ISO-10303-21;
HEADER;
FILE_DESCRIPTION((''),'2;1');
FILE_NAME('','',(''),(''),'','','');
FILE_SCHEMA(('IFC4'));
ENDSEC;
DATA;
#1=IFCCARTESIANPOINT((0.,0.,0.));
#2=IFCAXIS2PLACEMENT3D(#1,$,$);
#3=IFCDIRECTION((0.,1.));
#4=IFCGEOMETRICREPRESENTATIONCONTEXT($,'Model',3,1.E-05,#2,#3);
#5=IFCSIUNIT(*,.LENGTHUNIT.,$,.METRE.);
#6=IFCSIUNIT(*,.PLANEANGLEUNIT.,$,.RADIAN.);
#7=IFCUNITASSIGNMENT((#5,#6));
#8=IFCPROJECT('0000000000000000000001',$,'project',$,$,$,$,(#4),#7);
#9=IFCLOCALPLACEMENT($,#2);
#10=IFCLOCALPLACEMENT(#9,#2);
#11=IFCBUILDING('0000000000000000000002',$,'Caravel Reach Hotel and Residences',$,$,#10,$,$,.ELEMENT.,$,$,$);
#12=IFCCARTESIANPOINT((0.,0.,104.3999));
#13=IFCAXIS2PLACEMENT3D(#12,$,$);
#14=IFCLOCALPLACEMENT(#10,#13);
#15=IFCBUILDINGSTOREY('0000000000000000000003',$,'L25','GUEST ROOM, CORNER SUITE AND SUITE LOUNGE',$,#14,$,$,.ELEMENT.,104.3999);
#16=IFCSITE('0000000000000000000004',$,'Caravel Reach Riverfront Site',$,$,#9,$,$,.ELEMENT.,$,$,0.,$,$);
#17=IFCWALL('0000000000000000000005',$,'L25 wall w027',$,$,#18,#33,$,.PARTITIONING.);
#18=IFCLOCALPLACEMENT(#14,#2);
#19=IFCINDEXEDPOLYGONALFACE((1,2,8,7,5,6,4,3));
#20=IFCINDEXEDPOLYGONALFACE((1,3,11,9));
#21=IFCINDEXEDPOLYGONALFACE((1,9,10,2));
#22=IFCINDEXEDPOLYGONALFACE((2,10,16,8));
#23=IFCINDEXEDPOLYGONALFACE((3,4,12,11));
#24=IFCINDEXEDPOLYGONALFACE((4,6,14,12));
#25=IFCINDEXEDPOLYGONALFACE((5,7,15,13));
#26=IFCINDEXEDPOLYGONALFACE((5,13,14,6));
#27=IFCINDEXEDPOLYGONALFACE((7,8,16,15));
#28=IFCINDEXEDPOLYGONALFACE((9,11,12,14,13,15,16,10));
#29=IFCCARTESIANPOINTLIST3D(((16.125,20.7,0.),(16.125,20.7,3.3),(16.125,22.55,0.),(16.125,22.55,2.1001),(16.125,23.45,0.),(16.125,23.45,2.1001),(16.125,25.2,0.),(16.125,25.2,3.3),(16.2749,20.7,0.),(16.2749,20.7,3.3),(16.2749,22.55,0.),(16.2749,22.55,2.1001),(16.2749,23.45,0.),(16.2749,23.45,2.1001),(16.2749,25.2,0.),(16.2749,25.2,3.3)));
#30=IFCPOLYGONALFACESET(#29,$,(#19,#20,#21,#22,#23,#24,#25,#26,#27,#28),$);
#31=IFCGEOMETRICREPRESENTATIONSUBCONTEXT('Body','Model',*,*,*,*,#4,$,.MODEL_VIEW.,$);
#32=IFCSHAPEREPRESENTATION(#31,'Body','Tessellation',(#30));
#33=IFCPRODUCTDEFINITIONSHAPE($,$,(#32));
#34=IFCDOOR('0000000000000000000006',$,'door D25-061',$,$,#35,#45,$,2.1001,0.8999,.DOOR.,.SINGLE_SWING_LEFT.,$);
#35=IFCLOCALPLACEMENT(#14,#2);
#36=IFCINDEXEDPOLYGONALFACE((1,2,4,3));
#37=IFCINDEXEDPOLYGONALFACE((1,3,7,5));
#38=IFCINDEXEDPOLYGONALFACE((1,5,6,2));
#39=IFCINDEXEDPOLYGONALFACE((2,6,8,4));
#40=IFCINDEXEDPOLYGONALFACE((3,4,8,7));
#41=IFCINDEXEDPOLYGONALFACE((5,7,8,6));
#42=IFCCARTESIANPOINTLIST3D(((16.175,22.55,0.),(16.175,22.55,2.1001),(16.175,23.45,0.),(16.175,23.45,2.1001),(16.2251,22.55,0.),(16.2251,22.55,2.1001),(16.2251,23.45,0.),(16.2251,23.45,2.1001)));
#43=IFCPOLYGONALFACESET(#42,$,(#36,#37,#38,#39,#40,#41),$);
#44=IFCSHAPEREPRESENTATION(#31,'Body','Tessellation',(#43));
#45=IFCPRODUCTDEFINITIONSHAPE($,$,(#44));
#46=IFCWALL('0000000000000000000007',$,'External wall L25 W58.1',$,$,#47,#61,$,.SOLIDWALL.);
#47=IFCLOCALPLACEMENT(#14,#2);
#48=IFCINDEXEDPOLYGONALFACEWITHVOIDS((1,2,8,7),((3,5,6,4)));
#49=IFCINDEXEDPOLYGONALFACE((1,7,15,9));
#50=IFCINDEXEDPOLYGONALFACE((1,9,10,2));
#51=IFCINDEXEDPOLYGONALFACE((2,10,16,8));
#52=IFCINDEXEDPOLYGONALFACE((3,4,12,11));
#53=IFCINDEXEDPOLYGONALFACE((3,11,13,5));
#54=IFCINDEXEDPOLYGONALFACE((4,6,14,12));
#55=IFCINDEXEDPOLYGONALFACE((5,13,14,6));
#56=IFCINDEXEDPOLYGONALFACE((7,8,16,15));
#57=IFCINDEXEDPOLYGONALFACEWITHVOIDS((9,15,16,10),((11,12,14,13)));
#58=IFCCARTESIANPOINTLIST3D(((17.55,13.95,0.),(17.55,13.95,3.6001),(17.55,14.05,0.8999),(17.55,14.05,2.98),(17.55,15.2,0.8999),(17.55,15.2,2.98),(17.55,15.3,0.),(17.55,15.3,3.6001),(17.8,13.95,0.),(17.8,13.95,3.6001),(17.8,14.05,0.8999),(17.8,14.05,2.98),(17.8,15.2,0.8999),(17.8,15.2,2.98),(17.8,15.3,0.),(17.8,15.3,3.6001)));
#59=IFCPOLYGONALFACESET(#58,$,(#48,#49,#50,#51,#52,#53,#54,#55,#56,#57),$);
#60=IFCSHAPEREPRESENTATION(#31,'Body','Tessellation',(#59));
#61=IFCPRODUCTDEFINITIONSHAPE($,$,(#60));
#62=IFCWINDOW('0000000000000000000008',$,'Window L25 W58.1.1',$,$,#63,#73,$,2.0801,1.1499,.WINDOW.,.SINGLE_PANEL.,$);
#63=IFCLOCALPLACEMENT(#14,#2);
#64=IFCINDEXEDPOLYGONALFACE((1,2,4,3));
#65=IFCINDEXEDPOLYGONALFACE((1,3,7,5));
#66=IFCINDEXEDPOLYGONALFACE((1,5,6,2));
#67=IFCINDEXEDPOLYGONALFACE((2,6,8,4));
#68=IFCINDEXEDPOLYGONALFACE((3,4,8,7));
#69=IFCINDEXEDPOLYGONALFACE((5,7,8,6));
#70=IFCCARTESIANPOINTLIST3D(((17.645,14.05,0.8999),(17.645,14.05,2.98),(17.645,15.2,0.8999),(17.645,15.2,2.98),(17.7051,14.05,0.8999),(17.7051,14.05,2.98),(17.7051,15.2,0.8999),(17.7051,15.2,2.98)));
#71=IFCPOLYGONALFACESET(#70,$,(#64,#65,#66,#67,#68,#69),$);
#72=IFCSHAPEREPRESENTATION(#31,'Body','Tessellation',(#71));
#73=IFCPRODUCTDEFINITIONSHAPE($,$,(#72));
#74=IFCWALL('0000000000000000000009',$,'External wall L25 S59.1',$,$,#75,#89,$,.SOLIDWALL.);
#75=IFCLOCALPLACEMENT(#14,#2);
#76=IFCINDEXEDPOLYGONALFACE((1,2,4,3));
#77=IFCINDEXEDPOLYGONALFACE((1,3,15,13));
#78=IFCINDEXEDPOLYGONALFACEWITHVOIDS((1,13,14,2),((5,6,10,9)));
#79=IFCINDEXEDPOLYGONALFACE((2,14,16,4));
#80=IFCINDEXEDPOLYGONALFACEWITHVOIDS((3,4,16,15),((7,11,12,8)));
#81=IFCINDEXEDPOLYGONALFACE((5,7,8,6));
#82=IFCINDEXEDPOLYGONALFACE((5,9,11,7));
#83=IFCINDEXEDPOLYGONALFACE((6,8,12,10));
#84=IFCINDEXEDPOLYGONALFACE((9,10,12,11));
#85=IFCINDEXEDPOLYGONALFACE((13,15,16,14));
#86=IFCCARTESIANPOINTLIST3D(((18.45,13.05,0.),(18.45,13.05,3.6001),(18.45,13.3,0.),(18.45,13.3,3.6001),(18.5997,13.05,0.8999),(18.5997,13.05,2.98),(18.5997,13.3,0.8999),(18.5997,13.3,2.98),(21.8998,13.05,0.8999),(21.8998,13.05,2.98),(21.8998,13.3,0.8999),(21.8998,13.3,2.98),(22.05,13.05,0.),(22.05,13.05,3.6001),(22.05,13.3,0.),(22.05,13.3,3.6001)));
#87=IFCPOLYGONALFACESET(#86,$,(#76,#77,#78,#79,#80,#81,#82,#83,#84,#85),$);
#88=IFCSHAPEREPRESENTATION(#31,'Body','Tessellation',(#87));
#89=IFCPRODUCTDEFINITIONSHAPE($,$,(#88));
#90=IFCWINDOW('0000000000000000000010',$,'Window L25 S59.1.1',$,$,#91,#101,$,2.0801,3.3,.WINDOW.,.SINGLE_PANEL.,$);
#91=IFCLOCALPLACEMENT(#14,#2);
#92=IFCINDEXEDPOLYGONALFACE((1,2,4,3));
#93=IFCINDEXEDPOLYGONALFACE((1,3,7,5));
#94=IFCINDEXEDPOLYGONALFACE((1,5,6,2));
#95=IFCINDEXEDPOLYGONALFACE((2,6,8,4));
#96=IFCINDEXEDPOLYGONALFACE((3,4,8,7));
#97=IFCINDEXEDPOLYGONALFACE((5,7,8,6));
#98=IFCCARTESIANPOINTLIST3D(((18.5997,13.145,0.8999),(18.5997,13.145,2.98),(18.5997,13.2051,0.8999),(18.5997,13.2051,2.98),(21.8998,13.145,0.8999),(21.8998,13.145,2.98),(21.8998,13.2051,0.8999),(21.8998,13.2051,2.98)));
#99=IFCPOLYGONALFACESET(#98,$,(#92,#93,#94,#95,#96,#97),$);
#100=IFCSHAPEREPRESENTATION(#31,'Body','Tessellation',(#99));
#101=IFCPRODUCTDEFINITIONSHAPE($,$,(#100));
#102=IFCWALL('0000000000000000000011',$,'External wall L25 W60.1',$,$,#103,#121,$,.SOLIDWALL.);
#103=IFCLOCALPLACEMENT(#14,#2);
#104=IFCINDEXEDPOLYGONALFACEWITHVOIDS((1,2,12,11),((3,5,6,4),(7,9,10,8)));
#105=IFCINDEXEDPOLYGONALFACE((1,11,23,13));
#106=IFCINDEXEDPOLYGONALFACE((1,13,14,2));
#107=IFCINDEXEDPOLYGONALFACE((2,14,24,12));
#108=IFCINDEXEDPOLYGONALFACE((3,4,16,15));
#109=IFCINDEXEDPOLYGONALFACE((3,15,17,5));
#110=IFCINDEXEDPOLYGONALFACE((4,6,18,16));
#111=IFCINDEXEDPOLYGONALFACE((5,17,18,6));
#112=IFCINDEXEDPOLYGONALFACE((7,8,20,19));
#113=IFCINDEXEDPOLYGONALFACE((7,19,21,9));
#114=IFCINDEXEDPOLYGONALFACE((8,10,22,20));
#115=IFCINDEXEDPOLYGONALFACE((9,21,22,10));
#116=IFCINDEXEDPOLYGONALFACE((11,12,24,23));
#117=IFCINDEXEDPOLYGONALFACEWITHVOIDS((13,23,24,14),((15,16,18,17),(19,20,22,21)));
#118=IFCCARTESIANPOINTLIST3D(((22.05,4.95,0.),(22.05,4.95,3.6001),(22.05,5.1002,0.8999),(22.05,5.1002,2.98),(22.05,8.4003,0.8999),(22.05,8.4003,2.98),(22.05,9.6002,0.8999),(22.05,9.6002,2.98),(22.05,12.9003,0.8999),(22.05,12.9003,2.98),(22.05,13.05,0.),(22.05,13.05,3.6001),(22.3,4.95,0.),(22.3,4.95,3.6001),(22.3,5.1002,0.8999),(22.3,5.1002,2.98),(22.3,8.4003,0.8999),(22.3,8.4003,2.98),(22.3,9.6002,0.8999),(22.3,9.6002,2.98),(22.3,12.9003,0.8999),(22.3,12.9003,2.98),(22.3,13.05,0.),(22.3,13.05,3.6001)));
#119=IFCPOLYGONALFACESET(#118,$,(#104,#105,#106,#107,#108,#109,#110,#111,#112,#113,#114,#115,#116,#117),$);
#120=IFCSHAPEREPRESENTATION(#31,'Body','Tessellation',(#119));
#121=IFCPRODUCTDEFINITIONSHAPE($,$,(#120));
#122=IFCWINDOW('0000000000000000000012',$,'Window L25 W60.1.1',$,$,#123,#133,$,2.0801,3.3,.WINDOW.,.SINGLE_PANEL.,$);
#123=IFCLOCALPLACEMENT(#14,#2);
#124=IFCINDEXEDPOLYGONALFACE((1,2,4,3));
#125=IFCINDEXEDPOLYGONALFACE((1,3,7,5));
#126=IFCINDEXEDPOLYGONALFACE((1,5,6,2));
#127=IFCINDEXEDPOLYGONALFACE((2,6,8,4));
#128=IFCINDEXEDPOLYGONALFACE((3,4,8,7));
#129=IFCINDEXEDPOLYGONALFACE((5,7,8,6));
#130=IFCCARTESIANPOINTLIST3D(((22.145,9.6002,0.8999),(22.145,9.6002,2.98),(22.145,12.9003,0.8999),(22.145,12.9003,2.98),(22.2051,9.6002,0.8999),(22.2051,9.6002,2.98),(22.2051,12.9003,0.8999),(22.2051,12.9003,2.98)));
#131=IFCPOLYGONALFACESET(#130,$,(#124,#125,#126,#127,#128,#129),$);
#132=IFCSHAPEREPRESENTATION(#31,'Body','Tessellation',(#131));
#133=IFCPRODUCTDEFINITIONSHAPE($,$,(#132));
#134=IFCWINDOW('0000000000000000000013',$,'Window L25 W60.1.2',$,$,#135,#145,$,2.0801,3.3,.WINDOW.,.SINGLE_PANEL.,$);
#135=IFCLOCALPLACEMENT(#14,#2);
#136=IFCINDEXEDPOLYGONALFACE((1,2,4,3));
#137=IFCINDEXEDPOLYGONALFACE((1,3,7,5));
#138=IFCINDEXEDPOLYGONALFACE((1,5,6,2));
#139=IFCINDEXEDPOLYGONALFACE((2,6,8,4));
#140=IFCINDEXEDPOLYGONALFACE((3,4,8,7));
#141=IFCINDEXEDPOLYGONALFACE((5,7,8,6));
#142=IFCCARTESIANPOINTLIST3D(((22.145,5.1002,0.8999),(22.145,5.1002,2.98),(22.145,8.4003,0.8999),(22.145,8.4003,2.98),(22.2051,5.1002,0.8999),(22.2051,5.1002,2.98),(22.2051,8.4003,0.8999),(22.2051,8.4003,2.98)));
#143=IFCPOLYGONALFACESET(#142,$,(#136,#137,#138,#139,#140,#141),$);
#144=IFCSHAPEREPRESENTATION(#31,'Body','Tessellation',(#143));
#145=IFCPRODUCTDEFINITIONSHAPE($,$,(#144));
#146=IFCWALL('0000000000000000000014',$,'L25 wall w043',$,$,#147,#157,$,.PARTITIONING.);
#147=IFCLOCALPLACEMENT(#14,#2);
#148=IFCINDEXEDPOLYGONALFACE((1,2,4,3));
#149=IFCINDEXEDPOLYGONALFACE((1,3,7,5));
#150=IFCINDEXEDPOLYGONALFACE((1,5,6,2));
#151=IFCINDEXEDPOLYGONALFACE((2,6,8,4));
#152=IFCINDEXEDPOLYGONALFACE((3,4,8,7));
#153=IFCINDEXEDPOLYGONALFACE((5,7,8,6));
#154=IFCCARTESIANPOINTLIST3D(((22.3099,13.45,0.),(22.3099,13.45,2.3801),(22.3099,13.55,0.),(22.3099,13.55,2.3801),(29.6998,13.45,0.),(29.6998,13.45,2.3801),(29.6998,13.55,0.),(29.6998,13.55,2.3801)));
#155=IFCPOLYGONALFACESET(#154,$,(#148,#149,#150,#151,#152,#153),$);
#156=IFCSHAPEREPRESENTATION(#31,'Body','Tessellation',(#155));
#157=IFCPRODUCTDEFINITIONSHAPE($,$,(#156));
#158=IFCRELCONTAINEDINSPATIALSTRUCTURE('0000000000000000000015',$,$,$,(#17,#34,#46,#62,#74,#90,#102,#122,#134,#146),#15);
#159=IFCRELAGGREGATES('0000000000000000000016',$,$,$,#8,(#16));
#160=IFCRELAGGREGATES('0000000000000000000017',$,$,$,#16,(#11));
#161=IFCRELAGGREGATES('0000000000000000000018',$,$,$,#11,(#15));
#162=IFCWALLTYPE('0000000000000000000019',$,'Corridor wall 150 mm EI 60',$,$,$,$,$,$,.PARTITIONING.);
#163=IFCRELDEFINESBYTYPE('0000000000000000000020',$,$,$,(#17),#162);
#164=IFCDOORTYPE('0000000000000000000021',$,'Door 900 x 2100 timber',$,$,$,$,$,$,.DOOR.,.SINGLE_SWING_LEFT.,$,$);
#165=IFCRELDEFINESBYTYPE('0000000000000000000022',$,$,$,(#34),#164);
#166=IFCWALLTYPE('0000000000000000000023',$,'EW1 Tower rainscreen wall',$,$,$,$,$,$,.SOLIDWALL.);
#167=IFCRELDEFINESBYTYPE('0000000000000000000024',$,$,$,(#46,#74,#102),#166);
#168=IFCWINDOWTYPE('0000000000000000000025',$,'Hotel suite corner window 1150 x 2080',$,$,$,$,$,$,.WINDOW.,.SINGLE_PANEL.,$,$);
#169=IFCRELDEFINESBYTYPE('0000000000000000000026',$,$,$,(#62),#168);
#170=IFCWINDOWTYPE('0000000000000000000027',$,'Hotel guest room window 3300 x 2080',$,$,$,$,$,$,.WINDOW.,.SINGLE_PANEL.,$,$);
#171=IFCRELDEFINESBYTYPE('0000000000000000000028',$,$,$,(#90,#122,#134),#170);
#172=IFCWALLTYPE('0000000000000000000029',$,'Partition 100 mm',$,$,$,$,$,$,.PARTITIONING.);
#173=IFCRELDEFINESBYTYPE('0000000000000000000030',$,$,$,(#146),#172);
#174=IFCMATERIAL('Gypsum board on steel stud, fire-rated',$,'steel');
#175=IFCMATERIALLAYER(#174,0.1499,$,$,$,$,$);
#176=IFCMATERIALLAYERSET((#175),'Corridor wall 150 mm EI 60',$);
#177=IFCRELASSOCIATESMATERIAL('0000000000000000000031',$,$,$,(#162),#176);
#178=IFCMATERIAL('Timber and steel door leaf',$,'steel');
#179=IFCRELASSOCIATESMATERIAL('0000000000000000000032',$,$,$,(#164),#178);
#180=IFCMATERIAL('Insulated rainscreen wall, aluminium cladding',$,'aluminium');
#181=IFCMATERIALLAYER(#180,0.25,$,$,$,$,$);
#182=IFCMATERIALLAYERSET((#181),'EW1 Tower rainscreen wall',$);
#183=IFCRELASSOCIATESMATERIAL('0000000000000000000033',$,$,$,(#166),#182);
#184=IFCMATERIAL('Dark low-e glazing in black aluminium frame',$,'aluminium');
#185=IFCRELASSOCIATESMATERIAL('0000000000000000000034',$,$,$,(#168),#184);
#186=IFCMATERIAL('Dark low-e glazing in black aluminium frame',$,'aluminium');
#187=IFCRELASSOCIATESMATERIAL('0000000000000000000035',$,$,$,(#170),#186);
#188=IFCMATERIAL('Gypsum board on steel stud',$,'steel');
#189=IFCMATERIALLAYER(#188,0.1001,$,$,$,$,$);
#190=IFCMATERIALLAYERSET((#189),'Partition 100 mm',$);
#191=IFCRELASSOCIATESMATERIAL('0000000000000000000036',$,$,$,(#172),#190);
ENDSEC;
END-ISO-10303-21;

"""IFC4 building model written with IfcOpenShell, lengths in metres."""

from ifc_helpers import new_model, si_unit, direction, frame, frame_2d, origin, place, context, subcontext, project, spatial, rectangle, extrude, material, layer, layer_set, type_object, element, fill, save


model = new_model("IFC4")

# Units and contexts
model_context = context("Model", 3, precision=1e-05, world=origin(), true_north=direction((0.0, 1.0)))
body_context = subcontext(model_context, "Body", "Model", "MODEL_VIEW")
ifc_project = project(units=[si_unit("LENGTHUNIT", "METRE"), si_unit("PLANEANGLEUNIT", "RADIAN")], contexts=[model_context])

# Site, building, storey
site_placement = place(None, origin())
site = spatial("IfcSite", under=ifc_project, at=site_placement, Name="Caravel Reach Riverfront Site", CompositionType="ELEMENT", RefElevation=0.0)
building_placement = place(site_placement, origin())
building = spatial("IfcBuilding", under=site, at=building_placement, Name="Caravel Reach Hotel and Residences", CompositionType="ELEMENT")
storey_placement = place(building_placement, frame((0.0, 0.0, 104.3999)))
storey = spatial("IfcBuildingStorey", under=building, at=storey_placement, Name="L25", Description="GUEST ROOM, CORNER SUITE AND SUITE LOUNGE", CompositionType="ELEMENT", Elevation=104.3999)

# Shared definitions
ifc_material_1 = material(Name="Gypsum board on steel stud, fire-rated", Category="steel")
ifc_layer_1 = layer(ifc_material_1, 0.1499)
ifc_layer_set_1 = layer_set([ifc_layer_1], Name="Corridor wall 150 mm EI 60")
wall_type_1 = type_object("IfcWallType", Name="Corridor wall 150 mm EI 60", PredefinedType="PARTITIONING", material=ifc_layer_set_1)
ifc_material_2 = material(Name="Timber and steel door leaf", Category="steel")
door_type_1 = type_object("IfcDoorType", Name="Door 900 x 2100 timber", OperationType="SINGLE_SWING_LEFT", PredefinedType="DOOR", material=ifc_material_2)

# Wall, opening, door
wall_1_placement = place(storey_placement, frame((16.2, 20.7, 0.0), z_axis=(0.0, 0.0, 1.0), x_axis=(0.0, 1.0, 0.0)))
wall_1 = element("IfcWall", 1, at=wall_1_placement, inside=storey, type_object=wall_type_1, Name="L25 wall w027", PredefinedType="PARTITIONING", context=body_context, shape_type="SweptSolid", body=[
    extrude(rectangle(XDim=4.5, YDim=0.1499, at=frame_2d((2.25, 0.0))), origin(), (0.0, 0.0, 1.0), 3.3),
])
opening_1_placement = place(wall_1_placement, frame((1.8501, 0.0, 0.0)))
opening_1 = element("IfcOpeningElement", 2, at=opening_1_placement, cuts=wall_1, PredefinedType="OPENING", context=body_context, shape_type="SweptSolid", body=[
    extrude(rectangle(XDim=0.8999, YDim=2.1001, at=frame_2d((0.45, 1.05))), frame((0.0, 0.085, 0.0), z_axis=(0.0, -1.0, 0.0), x_axis=(1.0, 0.0, 0.0)), (0.0, 0.0, 1.0), 0.1699),
])
door_1_placement = place(opening_1_placement, origin())
door_1 = element("IfcDoor", 3, at=door_1_placement, inside=storey, type_object=door_type_1, Name="door D25-061", OperationType="SINGLE_SWING_LEFT", OverallHeight=2.1001, OverallWidth=0.8999, PredefinedType="DOOR", context=body_context, shape_type="SweptSolid", body=[
    extrude(rectangle(XDim=0.8999, YDim=2.1001, at=frame_2d((0.45, 1.05))), frame((0.0, 0.0249, 0.0), z_axis=(0.0, -1.0, 0.0), x_axis=(1.0, 0.0, 0.0)), (0.0, 0.0, 1.0), 0.05),
])
fill(opening_1, door_1)

# Walls, openings, windows
ifc_material_3 = material(Name="Insulated rainscreen wall, aluminium cladding", Category="aluminium")
ifc_layer_2 = layer(ifc_material_3, 0.25)
ifc_layer_set_2 = layer_set([ifc_layer_2], Name="EW1 Tower rainscreen wall")
wall_type_2 = type_object("IfcWallType", Name="EW1 Tower rainscreen wall", PredefinedType="SOLIDWALL", material=ifc_layer_set_2)
wall_2_placement = place(storey_placement, frame((17.675, 15.3, 0.0), z_axis=(0.0, 0.0, 1.0), x_axis=(0.0, -1.0, 0.0)))
wall_2 = element("IfcWall", 4, at=wall_2_placement, inside=storey, type_object=wall_type_2, Name="External wall L25 W58.1", PredefinedType="SOLIDWALL", context=body_context, shape_type="SweptSolid", body=[
    extrude(rectangle(XDim=1.3501, YDim=0.25, at=frame_2d((0.675, 0.0))), origin(), (0.0, 0.0, 1.0), 3.6001),
])
opening_2_placement = place(wall_2_placement, frame((0.1001, 0.0, 0.8999)))
opening_2 = element("IfcOpeningElement", 5, at=opening_2_placement, cuts=wall_2, PredefinedType="OPENING", context=body_context, shape_type="SweptSolid", body=[
    extrude(rectangle(XDim=1.1499, YDim=2.0801, at=frame_2d((0.575, 1.04))), frame((0.0, 0.135, 0.0), z_axis=(0.0, -1.0, 0.0), x_axis=(1.0, 0.0, 0.0)), (0.0, 0.0, 1.0), 0.27),
])
ifc_material_4 = material(Name="Dark low-e glazing in black aluminium frame", Category="aluminium")
window_type_1 = type_object("IfcWindowType", Name="Hotel suite corner window 1150 x 2080", PartitioningType="SINGLE_PANEL", PredefinedType="WINDOW", material=ifc_material_4)
window_1_placement = place(opening_2_placement, origin())
window_1 = element("IfcWindow", 6, at=window_1_placement, inside=storey, type_object=window_type_1, Name="Window L25 W58.1.1", OverallHeight=2.0801, OverallWidth=1.1499, PartitioningType="SINGLE_PANEL", PredefinedType="WINDOW", context=body_context, shape_type="SweptSolid", body=[
    extrude(rectangle(XDim=1.1499, YDim=2.0801, at=frame_2d((0.575, 1.04))), frame((0.0, 0.03, 0.0), z_axis=(0.0, -1.0, 0.0), x_axis=(1.0, 0.0, 0.0)), (0.0, 0.0, 1.0), 0.0601),
])
fill(opening_2, window_1)
wall_3_placement = place(storey_placement, frame((18.45, 13.175, 0.0), z_axis=(0.0, 0.0, 1.0), x_axis=(1.0, 0.0, 0.0)))
wall_3 = element("IfcWall", 7, at=wall_3_placement, inside=storey, type_object=wall_type_2, Name="External wall L25 S59.1", PredefinedType="SOLIDWALL", context=body_context, shape_type="SweptSolid", body=[
    extrude(rectangle(XDim=3.6001, YDim=0.25, at=frame_2d((1.8, 0.0))), origin(), (0.0, 0.0, 1.0), 3.6001),
])
opening_3_placement = place(wall_3_placement, frame((0.1499, 0.0, 0.8999)))
opening_3 = element("IfcOpeningElement", 8, at=opening_3_placement, cuts=wall_3, PredefinedType="OPENING", context=body_context, shape_type="SweptSolid", body=[
    extrude(rectangle(XDim=3.3, YDim=2.0801, at=frame_2d((1.6499, 1.04))), frame((0.0, 0.135, 0.0), z_axis=(0.0, -1.0, 0.0), x_axis=(1.0, 0.0, 0.0)), (0.0, 0.0, 1.0), 0.27),
])
ifc_material_5 = material(Name="Dark low-e glazing in black aluminium frame", Category="aluminium")
window_type_2 = type_object("IfcWindowType", Name="Hotel guest room window 3300 x 2080", PartitioningType="SINGLE_PANEL", PredefinedType="WINDOW", material=ifc_material_5)
window_2_placement = place(opening_3_placement, origin())
window_2 = element("IfcWindow", 9, at=window_2_placement, inside=storey, type_object=window_type_2, Name="Window L25 S59.1.1", OverallHeight=2.0801, OverallWidth=3.3, PartitioningType="SINGLE_PANEL", PredefinedType="WINDOW", context=body_context, shape_type="SweptSolid", body=[
    extrude(rectangle(XDim=3.3, YDim=2.0801, at=frame_2d((1.6499, 1.04))), frame((0.0, 0.03, 0.0), z_axis=(0.0, -1.0, 0.0), x_axis=(1.0, 0.0, 0.0)), (0.0, 0.0, 1.0), 0.0601),
])
fill(opening_3, window_2)

# Wall, openings, windows
wall_4_placement = place(storey_placement, frame((22.175, 13.05, 0.0), z_axis=(0.0, 0.0, 1.0), x_axis=(0.0, -1.0, 0.0)))
wall_4 = element("IfcWall", 10, at=wall_4_placement, inside=storey, type_object=wall_type_2, Name="External wall L25 W60.1", PredefinedType="SOLIDWALL", context=body_context, shape_type="SweptSolid", body=[
    extrude(rectangle(XDim=8.1001, YDim=0.25, at=frame_2d((4.05, 0.0))), origin(), (0.0, 0.0, 1.0), 3.6001),
])
opening_4_placement = place(wall_4_placement, frame((0.1499, 0.0, 0.8999)))
opening_4 = element("IfcOpeningElement", 11, at=opening_4_placement, cuts=wall_4, PredefinedType="OPENING", context=body_context, shape_type="SweptSolid", body=[
    extrude(rectangle(XDim=3.3, YDim=2.0801, at=frame_2d((1.6499, 1.04))), frame((0.0, 0.135, 0.0), z_axis=(0.0, -1.0, 0.0), x_axis=(1.0, 0.0, 0.0)), (0.0, 0.0, 1.0), 0.27),
])
opening_5_placement = place(wall_4_placement, frame((4.6499, 0.0, 0.8999)))
opening_5 = element("IfcOpeningElement", 12, at=opening_5_placement, cuts=wall_4, PredefinedType="OPENING", context=body_context, shape_type="SweptSolid", body=[
    extrude(rectangle(XDim=3.3, YDim=2.0801, at=frame_2d((1.6499, 1.04))), frame((0.0, 0.135, 0.0), z_axis=(0.0, -1.0, 0.0), x_axis=(1.0, 0.0, 0.0)), (0.0, 0.0, 1.0), 0.27),
])
window_3_placement = place(opening_4_placement, origin())
window_3 = element("IfcWindow", 13, at=window_3_placement, inside=storey, type_object=window_type_2, Name="Window L25 W60.1.1", OverallHeight=2.0801, OverallWidth=3.3, PartitioningType="SINGLE_PANEL", PredefinedType="WINDOW", context=body_context, shape_type="SweptSolid", body=[
    extrude(rectangle(XDim=3.3, YDim=2.0801, at=frame_2d((1.6499, 1.04))), frame((0.0, 0.03, 0.0), z_axis=(0.0, -1.0, 0.0), x_axis=(1.0, 0.0, 0.0)), (0.0, 0.0, 1.0), 0.0601),
])
fill(opening_4, window_3)
window_4_placement = place(opening_5_placement, origin())
window_4 = element("IfcWindow", 14, at=window_4_placement, inside=storey, type_object=window_type_2, Name="Window L25 W60.1.2", OverallHeight=2.0801, OverallWidth=3.3, PartitioningType="SINGLE_PANEL", PredefinedType="WINDOW", context=body_context, shape_type="SweptSolid", body=[
    extrude(rectangle(XDim=3.3, YDim=2.0801, at=frame_2d((1.6499, 1.04))), frame((0.0, 0.03, 0.0), z_axis=(0.0, -1.0, 0.0), x_axis=(1.0, 0.0, 0.0)), (0.0, 0.0, 1.0), 0.0601),
])
fill(opening_5, window_4)

# Wall
ifc_material_6 = material(Name="Gypsum board on steel stud", Category="steel")
ifc_layer_3 = layer(ifc_material_6, 0.1001)
ifc_layer_set_3 = layer_set([ifc_layer_3], Name="Partition 100 mm")
wall_type_3 = type_object("IfcWallType", Name="Partition 100 mm", PredefinedType="PARTITIONING", material=ifc_layer_set_3)
wall_5_placement = place(storey_placement, frame((22.3101, 13.5, 0.0), z_axis=(0.0, 0.0, 1.0), x_axis=(1.0, 0.0, 0.0)))
element("IfcWall", 15, at=wall_5_placement, inside=storey, type_object=wall_type_3, Name="L25 wall w043", PredefinedType="PARTITIONING", context=body_context, shape_type="SweptSolid", body=[
    extrude(rectangle(XDim=7.3899, YDim=0.1001, at=frame_2d((3.6948, 0.0))), origin(), (0.0, 0.0, 1.0), 2.3801),
])

save(model, "model.ifc")
